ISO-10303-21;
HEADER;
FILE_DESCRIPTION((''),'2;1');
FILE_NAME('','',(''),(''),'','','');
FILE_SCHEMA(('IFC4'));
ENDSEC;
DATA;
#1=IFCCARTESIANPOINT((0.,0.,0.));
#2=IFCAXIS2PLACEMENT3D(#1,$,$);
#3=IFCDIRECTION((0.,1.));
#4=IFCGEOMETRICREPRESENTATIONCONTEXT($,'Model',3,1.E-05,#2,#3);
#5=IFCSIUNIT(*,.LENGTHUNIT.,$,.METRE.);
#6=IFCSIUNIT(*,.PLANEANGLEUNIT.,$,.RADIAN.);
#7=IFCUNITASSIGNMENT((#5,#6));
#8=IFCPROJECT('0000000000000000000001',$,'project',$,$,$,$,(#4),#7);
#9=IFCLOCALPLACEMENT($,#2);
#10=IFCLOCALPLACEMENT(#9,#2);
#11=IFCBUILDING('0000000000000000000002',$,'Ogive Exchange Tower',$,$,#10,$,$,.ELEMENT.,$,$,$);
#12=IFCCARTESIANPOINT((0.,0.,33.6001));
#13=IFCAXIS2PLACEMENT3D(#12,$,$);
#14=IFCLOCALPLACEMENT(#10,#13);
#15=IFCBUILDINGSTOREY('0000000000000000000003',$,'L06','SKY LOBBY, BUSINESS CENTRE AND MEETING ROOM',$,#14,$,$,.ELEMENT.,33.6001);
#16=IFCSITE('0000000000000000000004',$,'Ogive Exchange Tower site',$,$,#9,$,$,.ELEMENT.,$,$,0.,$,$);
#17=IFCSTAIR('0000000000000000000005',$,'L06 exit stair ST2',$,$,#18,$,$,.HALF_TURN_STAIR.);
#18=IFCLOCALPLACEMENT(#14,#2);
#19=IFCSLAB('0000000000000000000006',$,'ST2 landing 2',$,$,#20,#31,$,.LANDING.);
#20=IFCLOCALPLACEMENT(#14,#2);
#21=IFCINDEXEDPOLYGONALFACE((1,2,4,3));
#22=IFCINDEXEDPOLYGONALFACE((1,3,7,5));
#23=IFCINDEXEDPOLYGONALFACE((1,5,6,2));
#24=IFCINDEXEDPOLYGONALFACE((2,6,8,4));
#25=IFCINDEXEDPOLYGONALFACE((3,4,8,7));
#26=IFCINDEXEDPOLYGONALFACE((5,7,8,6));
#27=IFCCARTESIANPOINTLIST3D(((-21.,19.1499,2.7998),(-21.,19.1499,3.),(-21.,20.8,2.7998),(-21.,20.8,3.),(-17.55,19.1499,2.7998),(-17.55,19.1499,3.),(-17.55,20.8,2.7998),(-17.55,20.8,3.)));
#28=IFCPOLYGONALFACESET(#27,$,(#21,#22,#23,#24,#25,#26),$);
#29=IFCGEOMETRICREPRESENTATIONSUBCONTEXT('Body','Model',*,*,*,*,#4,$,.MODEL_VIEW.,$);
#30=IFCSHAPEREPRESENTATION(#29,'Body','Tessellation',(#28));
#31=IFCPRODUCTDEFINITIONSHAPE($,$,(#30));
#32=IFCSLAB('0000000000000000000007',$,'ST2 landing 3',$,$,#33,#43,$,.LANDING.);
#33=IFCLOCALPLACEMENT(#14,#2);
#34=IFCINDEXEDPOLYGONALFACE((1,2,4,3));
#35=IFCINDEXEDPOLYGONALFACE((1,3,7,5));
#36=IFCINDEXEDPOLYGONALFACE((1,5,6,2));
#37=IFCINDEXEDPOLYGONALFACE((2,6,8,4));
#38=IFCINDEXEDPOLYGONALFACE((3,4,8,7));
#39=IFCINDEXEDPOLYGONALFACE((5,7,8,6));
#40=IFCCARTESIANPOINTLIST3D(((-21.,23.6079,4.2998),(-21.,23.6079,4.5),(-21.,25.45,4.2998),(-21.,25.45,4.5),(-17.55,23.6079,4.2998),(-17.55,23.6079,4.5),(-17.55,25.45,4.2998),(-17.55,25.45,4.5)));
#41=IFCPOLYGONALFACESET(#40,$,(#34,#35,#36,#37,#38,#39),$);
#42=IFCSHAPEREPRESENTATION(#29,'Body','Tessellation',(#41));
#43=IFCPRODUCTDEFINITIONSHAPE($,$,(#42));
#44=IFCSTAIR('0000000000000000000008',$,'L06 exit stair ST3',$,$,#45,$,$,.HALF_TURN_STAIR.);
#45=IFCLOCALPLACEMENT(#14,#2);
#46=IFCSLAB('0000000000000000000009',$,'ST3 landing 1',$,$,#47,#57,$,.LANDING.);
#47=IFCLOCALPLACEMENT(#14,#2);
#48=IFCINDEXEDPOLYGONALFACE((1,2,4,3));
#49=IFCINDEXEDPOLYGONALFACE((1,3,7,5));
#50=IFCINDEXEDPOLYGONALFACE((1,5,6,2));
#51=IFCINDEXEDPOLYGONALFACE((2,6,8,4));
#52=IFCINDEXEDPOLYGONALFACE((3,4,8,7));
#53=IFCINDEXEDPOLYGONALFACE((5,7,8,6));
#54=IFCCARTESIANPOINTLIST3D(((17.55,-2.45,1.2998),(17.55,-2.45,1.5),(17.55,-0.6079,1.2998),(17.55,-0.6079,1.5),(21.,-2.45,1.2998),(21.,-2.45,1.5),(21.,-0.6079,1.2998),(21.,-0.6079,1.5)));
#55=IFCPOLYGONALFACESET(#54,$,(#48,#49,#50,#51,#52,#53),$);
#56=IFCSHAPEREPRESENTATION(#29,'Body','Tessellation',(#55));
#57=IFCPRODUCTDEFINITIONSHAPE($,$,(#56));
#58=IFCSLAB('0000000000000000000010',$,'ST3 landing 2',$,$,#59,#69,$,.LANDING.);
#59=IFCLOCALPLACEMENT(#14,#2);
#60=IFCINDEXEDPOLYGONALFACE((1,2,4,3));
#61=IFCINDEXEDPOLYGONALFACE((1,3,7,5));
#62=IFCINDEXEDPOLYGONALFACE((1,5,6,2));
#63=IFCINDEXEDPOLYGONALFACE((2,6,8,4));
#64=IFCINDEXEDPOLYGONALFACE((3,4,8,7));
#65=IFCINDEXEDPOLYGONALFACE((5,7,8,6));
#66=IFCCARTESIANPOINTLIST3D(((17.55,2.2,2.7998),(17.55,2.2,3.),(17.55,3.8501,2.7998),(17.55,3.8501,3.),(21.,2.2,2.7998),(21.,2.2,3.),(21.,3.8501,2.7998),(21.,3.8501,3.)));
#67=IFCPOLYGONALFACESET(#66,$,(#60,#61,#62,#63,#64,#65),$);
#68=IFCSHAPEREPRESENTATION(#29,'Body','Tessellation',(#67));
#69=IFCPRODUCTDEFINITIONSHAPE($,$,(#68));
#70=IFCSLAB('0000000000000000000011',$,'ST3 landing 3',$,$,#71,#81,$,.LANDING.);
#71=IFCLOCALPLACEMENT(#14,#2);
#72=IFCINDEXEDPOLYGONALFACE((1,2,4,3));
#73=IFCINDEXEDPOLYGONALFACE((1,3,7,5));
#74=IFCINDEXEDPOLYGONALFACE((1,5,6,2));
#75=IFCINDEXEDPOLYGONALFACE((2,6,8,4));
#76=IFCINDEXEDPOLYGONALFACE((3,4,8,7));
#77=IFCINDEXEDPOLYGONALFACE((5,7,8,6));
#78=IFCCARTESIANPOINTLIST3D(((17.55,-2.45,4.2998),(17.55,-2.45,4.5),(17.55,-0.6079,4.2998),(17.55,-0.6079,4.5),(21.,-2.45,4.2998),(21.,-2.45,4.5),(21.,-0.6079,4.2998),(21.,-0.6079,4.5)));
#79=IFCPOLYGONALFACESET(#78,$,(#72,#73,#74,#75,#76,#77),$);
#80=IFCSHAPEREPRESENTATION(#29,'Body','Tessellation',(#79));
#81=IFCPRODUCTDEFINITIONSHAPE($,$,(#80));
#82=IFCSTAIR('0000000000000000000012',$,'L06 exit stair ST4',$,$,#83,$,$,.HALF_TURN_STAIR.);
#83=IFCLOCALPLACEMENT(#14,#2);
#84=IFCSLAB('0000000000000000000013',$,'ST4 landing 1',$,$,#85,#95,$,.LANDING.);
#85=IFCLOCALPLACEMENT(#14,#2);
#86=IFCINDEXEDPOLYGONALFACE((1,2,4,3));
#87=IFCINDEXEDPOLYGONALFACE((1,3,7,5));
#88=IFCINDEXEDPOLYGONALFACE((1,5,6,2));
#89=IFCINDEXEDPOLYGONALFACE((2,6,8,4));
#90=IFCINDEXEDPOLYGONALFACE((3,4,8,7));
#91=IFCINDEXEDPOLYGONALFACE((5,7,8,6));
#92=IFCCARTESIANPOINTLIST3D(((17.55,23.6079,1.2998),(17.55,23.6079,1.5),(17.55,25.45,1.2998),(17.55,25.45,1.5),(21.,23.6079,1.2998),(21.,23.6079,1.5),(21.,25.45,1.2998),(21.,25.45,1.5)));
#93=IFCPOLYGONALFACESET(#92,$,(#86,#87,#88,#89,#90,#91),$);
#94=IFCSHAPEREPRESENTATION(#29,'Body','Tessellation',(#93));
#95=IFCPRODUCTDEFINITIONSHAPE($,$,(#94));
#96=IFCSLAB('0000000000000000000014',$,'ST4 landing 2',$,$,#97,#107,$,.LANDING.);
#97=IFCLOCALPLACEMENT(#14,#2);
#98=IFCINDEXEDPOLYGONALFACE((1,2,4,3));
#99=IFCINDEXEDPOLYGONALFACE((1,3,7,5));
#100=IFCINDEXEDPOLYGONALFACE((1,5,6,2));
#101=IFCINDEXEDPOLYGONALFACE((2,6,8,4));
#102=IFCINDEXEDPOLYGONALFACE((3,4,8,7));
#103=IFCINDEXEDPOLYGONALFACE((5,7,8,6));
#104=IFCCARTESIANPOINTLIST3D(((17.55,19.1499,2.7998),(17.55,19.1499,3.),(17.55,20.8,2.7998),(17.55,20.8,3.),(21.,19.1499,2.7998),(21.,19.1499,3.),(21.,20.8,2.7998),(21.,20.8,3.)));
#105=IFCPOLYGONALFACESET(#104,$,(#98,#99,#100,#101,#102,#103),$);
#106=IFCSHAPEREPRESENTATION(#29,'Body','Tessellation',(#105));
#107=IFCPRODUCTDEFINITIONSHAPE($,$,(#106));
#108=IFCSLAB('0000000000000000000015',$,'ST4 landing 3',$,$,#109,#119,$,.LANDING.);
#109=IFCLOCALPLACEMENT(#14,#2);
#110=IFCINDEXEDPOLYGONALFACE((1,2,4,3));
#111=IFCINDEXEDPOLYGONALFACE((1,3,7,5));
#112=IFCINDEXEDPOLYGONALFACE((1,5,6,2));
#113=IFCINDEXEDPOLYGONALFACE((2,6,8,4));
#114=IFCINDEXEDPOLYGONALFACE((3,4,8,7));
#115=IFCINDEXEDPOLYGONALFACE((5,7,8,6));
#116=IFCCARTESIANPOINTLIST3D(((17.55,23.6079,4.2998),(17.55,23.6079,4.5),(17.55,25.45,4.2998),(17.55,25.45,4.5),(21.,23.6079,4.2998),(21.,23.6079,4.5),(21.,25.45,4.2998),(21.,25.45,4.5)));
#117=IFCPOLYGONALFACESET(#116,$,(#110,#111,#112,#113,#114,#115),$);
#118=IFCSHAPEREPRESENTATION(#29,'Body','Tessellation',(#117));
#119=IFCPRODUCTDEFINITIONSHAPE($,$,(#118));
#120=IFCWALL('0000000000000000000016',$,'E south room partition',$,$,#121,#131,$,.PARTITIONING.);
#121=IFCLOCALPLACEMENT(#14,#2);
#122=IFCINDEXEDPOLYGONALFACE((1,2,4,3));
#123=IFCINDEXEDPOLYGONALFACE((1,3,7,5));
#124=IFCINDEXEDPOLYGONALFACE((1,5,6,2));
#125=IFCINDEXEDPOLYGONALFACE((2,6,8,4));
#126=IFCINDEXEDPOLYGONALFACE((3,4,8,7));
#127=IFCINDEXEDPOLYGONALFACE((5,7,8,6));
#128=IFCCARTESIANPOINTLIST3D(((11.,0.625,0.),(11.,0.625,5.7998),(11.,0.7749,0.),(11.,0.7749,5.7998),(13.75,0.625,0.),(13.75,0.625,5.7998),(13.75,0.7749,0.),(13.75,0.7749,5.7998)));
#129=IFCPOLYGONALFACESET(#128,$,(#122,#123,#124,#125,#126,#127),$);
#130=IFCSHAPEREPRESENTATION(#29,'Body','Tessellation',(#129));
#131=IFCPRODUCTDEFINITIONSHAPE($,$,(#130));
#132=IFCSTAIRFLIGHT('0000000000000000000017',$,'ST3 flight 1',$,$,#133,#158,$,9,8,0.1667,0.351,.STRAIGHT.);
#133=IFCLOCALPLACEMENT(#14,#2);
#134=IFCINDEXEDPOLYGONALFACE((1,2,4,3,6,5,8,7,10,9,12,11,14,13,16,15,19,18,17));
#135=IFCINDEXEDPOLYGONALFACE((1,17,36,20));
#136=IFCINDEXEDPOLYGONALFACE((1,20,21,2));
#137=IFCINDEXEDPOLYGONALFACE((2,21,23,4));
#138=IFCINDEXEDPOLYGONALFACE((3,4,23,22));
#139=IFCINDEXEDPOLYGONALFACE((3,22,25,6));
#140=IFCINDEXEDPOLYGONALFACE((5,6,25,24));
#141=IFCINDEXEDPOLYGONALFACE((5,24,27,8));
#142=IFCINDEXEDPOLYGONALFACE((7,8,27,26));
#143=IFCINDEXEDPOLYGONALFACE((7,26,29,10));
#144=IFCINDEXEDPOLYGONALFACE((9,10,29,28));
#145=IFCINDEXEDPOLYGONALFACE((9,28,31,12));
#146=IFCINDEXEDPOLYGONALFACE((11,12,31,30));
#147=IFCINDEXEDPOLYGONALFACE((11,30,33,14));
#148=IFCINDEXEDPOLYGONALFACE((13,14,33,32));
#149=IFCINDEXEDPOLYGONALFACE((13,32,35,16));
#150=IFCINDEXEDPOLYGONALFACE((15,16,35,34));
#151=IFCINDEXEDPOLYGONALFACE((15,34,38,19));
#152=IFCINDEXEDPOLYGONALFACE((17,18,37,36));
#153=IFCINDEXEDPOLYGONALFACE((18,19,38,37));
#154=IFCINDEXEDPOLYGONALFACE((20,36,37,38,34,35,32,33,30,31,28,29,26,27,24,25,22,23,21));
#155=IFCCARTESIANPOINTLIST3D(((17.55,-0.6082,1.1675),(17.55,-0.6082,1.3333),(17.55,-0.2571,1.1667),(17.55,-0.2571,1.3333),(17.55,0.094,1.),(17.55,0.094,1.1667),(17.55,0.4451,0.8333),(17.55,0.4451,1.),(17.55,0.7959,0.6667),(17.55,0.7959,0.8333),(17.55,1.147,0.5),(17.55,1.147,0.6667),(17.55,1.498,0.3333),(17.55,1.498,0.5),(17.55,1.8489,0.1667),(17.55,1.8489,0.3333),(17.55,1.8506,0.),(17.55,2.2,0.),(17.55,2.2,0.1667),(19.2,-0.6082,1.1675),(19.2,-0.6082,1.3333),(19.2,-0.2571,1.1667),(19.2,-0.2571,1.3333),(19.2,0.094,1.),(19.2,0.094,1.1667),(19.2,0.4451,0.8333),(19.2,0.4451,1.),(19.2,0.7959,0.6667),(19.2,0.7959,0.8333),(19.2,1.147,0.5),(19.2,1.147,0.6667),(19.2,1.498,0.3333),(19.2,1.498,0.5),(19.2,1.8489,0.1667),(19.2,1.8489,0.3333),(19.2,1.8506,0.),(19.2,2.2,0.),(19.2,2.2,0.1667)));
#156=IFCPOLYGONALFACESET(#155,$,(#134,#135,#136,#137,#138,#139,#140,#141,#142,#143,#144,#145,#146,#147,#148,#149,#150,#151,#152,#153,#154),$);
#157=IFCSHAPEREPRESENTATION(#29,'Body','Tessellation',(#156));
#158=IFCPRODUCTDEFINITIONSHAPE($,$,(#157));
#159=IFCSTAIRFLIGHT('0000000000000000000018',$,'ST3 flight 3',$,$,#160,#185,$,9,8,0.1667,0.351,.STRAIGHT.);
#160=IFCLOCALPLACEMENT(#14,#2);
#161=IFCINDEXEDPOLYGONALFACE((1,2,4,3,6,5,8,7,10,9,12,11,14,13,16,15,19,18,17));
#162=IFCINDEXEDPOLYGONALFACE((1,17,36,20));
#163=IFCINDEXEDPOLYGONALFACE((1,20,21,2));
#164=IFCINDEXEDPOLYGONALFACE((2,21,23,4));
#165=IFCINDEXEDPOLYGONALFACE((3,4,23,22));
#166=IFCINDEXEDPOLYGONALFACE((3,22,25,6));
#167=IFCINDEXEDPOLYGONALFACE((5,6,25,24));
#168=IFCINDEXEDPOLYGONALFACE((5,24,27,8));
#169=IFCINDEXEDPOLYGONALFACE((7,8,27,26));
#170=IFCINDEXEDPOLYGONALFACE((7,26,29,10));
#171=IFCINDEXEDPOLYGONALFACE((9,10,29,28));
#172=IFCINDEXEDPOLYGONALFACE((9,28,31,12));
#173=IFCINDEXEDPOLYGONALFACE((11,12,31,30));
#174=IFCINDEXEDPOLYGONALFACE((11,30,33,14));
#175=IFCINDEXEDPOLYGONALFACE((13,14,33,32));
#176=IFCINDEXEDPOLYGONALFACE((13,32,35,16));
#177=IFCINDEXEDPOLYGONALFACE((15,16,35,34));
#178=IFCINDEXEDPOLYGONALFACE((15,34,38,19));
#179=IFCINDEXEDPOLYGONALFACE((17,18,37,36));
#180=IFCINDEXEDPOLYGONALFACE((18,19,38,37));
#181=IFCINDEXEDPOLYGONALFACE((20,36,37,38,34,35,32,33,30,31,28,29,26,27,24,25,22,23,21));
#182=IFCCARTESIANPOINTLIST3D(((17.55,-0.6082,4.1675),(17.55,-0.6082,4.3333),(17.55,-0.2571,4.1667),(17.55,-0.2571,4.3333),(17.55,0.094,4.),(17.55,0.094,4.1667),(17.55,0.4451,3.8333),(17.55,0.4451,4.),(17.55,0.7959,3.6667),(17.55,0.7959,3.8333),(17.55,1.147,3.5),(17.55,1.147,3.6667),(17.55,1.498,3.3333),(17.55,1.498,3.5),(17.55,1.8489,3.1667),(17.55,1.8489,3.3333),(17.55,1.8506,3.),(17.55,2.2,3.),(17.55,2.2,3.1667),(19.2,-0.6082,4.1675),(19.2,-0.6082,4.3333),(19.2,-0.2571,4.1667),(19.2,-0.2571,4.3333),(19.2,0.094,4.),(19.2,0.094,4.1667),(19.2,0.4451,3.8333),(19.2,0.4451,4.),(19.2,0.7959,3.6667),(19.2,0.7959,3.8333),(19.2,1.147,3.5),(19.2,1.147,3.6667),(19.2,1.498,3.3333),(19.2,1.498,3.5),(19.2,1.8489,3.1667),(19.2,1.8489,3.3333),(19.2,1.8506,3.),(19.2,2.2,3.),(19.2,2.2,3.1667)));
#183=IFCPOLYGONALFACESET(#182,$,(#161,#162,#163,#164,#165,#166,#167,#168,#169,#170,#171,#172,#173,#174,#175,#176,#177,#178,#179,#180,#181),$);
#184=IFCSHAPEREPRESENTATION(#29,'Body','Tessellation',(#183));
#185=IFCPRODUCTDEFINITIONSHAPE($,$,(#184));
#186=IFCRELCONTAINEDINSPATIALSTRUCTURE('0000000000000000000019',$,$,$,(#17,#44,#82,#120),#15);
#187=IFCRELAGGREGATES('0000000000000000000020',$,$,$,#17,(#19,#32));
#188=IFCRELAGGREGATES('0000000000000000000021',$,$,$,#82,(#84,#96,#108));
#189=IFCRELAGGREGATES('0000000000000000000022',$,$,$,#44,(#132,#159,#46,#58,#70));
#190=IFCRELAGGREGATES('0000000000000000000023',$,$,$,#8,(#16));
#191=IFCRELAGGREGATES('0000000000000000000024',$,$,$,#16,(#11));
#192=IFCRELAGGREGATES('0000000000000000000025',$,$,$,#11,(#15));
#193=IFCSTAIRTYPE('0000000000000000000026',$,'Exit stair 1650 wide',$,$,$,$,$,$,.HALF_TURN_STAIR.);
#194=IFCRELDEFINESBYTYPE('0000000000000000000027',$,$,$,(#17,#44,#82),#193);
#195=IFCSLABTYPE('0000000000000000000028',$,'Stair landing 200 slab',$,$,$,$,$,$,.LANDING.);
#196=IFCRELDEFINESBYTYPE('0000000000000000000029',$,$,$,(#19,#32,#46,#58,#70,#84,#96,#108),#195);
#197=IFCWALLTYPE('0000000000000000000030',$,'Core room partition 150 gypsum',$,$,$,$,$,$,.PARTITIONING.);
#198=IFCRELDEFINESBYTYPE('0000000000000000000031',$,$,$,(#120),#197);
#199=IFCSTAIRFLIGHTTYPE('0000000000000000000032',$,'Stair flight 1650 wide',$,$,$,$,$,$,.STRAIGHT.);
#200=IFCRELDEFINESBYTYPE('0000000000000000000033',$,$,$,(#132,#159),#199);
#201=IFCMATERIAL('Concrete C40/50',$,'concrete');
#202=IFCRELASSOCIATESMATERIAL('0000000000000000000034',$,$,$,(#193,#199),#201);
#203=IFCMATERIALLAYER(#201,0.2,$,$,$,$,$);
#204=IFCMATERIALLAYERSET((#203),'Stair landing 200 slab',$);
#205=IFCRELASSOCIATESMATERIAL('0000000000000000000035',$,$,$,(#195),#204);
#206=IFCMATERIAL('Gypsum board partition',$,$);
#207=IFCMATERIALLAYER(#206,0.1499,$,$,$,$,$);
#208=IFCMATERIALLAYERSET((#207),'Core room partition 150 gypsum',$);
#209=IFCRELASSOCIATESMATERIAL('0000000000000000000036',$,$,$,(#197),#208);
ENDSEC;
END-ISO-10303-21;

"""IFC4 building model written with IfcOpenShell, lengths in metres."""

from ifc_helpers import new_model, si_unit, direction, frame, frame_2d, origin, place, context, subcontext, project, spatial, polyline, rectangle, outline, extrude, material, layer, layer_set, type_object, element, aggregate, save


model = new_model("IFC4")

# Units and contexts
model_context = context("Model", 3, precision=1e-05, world=origin(), true_north=direction((0.0, 1.0)))
body_context = subcontext(model_context, "Body", "Model", "MODEL_VIEW")
ifc_project = project(units=[si_unit("LENGTHUNIT", "METRE"), si_unit("PLANEANGLEUNIT", "RADIAN")], contexts=[model_context])

# Site, building, storey
site_placement = place(None, origin())
site = spatial("IfcSite", under=ifc_project, at=site_placement, Name="Ogive Exchange Tower site", CompositionType="ELEMENT", RefElevation=0.0)
building_placement = place(site_placement, origin())
building = spatial("IfcBuilding", under=site, at=building_placement, Name="Ogive Exchange Tower", CompositionType="ELEMENT")
storey_placement = place(building_placement, frame((0.0, 0.0, 33.6001)))
storey = spatial("IfcBuildingStorey", under=building, at=storey_placement, Name="L06", Description="SKY LOBBY, BUSINESS CENTRE AND MEETING ROOM", CompositionType="ELEMENT", Elevation=33.6001)

# Stairs, slabs
ifc_material_1 = material(Name="Concrete C40/50", Category="concrete")
stair_type = type_object("IfcStairType", Name="Exit stair 1650 wide", PredefinedType="HALF_TURN_STAIR", material=ifc_material_1)
ifc_layer_1 = layer(ifc_material_1, 0.2)
ifc_layer_set_1 = layer_set([ifc_layer_1], Name="Stair landing 200 slab")
slab_type_1 = type_object("IfcSlabType", Name="Stair landing 200 slab", PredefinedType="LANDING", material=ifc_layer_set_1)
stair_1_placement = place(storey_placement, origin())
stair_1 = element("IfcStair", 1, at=stair_1_placement, inside=storey, type_object=stair_type, Name="L06 exit stair ST2", PredefinedType="HALF_TURN_STAIR")
slab_1_placement = place(storey_placement, frame((0.0, 0.0, 2.7998)))
slab_1 = element("IfcSlab", 2, at=slab_1_placement, type_object=slab_type_1, Name="ST2 landing 2", PredefinedType="LANDING", context=body_context, shape_type="SweptSolid", body=[
    extrude(outline(polyline([(-17.55, 19.1499), (-17.55, 20.8), (-21.0, 20.8), (-21.0, 19.1499), (-17.55, 19.1499)])), origin(), (0.0, 0.0, 1.0), 0.2002),
])
slab_2_placement = place(storey_placement, frame((0.0, 0.0, 4.2998)))
slab_2 = element("IfcSlab", 3, at=slab_2_placement, type_object=slab_type_1, Name="ST2 landing 3", PredefinedType="LANDING", context=body_context, shape_type="SweptSolid", body=[
    extrude(outline(polyline([(-17.55, 23.6079), (-17.55, 25.45), (-21.0, 25.45), (-21.0, 23.6079), (-17.55, 23.6079)])), origin(), (0.0, 0.0, 1.0), 0.2002),
])
aggregate(stair_1, [slab_1, slab_2])
stair_2_placement = place(storey_placement, origin())
stair_2 = element("IfcStair", 4, at=stair_2_placement, inside=storey, type_object=stair_type, Name="L06 exit stair ST3", PredefinedType="HALF_TURN_STAIR")
slab_3_placement = place(storey_placement, frame((0.0, 0.0, 1.2998)))
slab_3 = element("IfcSlab", 5, at=slab_3_placement, type_object=slab_type_1, Name="ST3 landing 1", PredefinedType="LANDING", context=body_context, shape_type="SweptSolid", body=[
    extrude(outline(polyline([(17.55, -0.6079), (17.55, -2.45), (21.0, -2.45), (21.0, -0.6079), (17.55, -0.6079)])), origin(), (0.0, 0.0, 1.0), 0.2002),
])
slab_4_placement = place(storey_placement, frame((0.0, 0.0, 2.7998)))
slab_4 = element("IfcSlab", 6, at=slab_4_placement, type_object=slab_type_1, Name="ST3 landing 2", PredefinedType="LANDING", context=body_context, shape_type="SweptSolid", body=[
    extrude(outline(polyline([(17.55, 3.8501), (17.55, 2.2), (21.0, 2.2), (21.0, 3.8501), (17.55, 3.8501)])), origin(), (0.0, 0.0, 1.0), 0.2002),
])
slab_5_placement = place(storey_placement, frame((0.0, 0.0, 4.2998)))
slab_5 = element("IfcSlab", 7, at=slab_5_placement, type_object=slab_type_1, Name="ST3 landing 3", PredefinedType="LANDING", context=body_context, shape_type="SweptSolid", body=[
    extrude(outline(polyline([(17.55, -0.6079), (17.55, -2.45), (21.0, -2.45), (21.0, -0.6079), (17.55, -0.6079)])), origin(), (0.0, 0.0, 1.0), 0.2002),
])
stair_3_placement = place(storey_placement, origin())
stair_3 = element("IfcStair", 8, at=stair_3_placement, inside=storey, type_object=stair_type, Name="L06 exit stair ST4", PredefinedType="HALF_TURN_STAIR")
slab_6_placement = place(storey_placement, frame((0.0, 0.0, 1.2998)))
slab_6 = element("IfcSlab", 9, at=slab_6_placement, type_object=slab_type_1, Name="ST4 landing 1", PredefinedType="LANDING", context=body_context, shape_type="SweptSolid", body=[
    extrude(outline(polyline([(21.0, 23.6079), (21.0, 25.45), (17.55, 25.45), (17.55, 23.6079), (21.0, 23.6079)])), origin(), (0.0, 0.0, 1.0), 0.2002),
])
slab_7_placement = place(storey_placement, frame((0.0, 0.0, 2.7998)))
slab_7 = element("IfcSlab", 10, at=slab_7_placement, type_object=slab_type_1, Name="ST4 landing 2", PredefinedType="LANDING", context=body_context, shape_type="SweptSolid", body=[
    extrude(outline(polyline([(21.0, 19.1499), (21.0, 20.8), (17.55, 20.8), (17.55, 19.1499), (21.0, 19.1499)])), origin(), (0.0, 0.0, 1.0), 0.2002),
])
slab_8_placement = place(storey_placement, frame((0.0, 0.0, 4.2998)))
slab_8 = element("IfcSlab", 11, at=slab_8_placement, type_object=slab_type_1, Name="ST4 landing 3", PredefinedType="LANDING", context=body_context, shape_type="SweptSolid", body=[
    extrude(outline(polyline([(21.0, 23.6079), (21.0, 25.45), (17.55, 25.45), (17.55, 23.6079), (21.0, 23.6079)])), origin(), (0.0, 0.0, 1.0), 0.2002),
])
aggregate(stair_3, [slab_6, slab_7, slab_8])

# Wall
ifc_material_2 = material(Name="Gypsum board partition")
ifc_layer_2 = layer(ifc_material_2, 0.1499)
ifc_layer_set_2 = layer_set([ifc_layer_2], Name="Core room partition 150 gypsum")
wall_type = type_object("IfcWallType", Name="Core room partition 150 gypsum", PredefinedType="PARTITIONING", material=ifc_layer_set_2)
wall_placement = place(storey_placement, frame((11.0, 0.7, 0.0), z_axis=(0.0, 0.0, 1.0), x_axis=(1.0, 0.0, 0.0)))
element("IfcWall", 12, at=wall_placement, inside=storey, type_object=wall_type, Name="E south room partition", PredefinedType="PARTITIONING", context=body_context, shape_type="SweptSolid", body=[
    extrude(rectangle(XDim=2.75, YDim=0.1499, at=frame_2d((1.375, 0.0))), origin(), (0.0, 0.0, 1.0), 5.7998),
])

# Stair flights
stair_flight_type = type_object("IfcStairFlightType", Name="Stair flight 1650 wide", PredefinedType="STRAIGHT", material=ifc_material_1)
stair_flight_1_placement = place(storey_placement, frame((18.375, 2.2, 0.0), z_axis=(0.0, 0.0, 1.0), x_axis=(0.0, -1.0, 0.0)))
stair_flight_1 = element("IfcStairFlight", 13, at=stair_flight_1_placement, type_object=stair_flight_type, Name="ST3 flight 1", NumberOfRisers=9, NumberOfTreads=8, PredefinedType="STRAIGHT", RiserHeight=0.1667, TreadLength=0.351, context=body_context, shape_type="SweptSolid", body=[
    extrude(outline(polyline([(0.0, 0.0), (0.0, 0.1667), (0.3511, 0.1667), (0.3511, 0.3333), (0.7019, 0.3333), (0.7019, 0.5), (1.053, 0.5), (1.053, 0.6667), (1.4041, 0.6667), (1.4041, 0.8333), (1.7549, 0.8333), (1.7549, 1.0), (2.106, 1.0), (2.106, 1.1667), (2.457, 1.1667), (2.457, 1.3333), (2.8081, 1.3333), (2.8081, 1.5), (2.8081, 1.1675), (0.3494, 0.0), (0.0, 0.0)])), frame((0.0, 0.825, 0.0), z_axis=(0.0, -1.0, 0.0), x_axis=(1.0, 0.0, 0.0)), (0.0, 0.0, 1.0), 1.6499),
])
stair_flight_2_placement = place(storey_placement, frame((18.375, 2.2, 3.0), z_axis=(0.0, 0.0, 1.0), x_axis=(0.0, -1.0, 0.0)))
stair_flight_2 = element("IfcStairFlight", 14, at=stair_flight_2_placement, type_object=stair_flight_type, Name="ST3 flight 3", NumberOfRisers=9, NumberOfTreads=8, PredefinedType="STRAIGHT", RiserHeight=0.1667, TreadLength=0.351, context=body_context, shape_type="SweptSolid", body=[
    extrude(outline(polyline([(0.0, 0.0), (0.0, 0.1667), (0.3511, 0.1667), (0.3511, 0.3333), (0.7019, 0.3333), (0.7019, 0.5), (1.053, 0.5), (1.053, 0.6667), (1.4041, 0.6667), (1.4041, 0.8333), (1.7549, 0.8333), (1.7549, 1.0), (2.106, 1.0), (2.106, 1.1667), (2.457, 1.1667), (2.457, 1.3333), (2.8081, 1.3333), (2.8081, 1.5), (2.8081, 1.1675), (0.3494, 0.0), (0.0, 0.0)])), frame((0.0, 0.825, 0.0), z_axis=(0.0, -1.0, 0.0), x_axis=(1.0, 0.0, 0.0)), (0.0, 0.0, 1.0), 1.6499),
])
aggregate(stair_2, [stair_flight_1, stair_flight_2, slab_3, slab_4, slab_5])

save(model, "model.ifc")
